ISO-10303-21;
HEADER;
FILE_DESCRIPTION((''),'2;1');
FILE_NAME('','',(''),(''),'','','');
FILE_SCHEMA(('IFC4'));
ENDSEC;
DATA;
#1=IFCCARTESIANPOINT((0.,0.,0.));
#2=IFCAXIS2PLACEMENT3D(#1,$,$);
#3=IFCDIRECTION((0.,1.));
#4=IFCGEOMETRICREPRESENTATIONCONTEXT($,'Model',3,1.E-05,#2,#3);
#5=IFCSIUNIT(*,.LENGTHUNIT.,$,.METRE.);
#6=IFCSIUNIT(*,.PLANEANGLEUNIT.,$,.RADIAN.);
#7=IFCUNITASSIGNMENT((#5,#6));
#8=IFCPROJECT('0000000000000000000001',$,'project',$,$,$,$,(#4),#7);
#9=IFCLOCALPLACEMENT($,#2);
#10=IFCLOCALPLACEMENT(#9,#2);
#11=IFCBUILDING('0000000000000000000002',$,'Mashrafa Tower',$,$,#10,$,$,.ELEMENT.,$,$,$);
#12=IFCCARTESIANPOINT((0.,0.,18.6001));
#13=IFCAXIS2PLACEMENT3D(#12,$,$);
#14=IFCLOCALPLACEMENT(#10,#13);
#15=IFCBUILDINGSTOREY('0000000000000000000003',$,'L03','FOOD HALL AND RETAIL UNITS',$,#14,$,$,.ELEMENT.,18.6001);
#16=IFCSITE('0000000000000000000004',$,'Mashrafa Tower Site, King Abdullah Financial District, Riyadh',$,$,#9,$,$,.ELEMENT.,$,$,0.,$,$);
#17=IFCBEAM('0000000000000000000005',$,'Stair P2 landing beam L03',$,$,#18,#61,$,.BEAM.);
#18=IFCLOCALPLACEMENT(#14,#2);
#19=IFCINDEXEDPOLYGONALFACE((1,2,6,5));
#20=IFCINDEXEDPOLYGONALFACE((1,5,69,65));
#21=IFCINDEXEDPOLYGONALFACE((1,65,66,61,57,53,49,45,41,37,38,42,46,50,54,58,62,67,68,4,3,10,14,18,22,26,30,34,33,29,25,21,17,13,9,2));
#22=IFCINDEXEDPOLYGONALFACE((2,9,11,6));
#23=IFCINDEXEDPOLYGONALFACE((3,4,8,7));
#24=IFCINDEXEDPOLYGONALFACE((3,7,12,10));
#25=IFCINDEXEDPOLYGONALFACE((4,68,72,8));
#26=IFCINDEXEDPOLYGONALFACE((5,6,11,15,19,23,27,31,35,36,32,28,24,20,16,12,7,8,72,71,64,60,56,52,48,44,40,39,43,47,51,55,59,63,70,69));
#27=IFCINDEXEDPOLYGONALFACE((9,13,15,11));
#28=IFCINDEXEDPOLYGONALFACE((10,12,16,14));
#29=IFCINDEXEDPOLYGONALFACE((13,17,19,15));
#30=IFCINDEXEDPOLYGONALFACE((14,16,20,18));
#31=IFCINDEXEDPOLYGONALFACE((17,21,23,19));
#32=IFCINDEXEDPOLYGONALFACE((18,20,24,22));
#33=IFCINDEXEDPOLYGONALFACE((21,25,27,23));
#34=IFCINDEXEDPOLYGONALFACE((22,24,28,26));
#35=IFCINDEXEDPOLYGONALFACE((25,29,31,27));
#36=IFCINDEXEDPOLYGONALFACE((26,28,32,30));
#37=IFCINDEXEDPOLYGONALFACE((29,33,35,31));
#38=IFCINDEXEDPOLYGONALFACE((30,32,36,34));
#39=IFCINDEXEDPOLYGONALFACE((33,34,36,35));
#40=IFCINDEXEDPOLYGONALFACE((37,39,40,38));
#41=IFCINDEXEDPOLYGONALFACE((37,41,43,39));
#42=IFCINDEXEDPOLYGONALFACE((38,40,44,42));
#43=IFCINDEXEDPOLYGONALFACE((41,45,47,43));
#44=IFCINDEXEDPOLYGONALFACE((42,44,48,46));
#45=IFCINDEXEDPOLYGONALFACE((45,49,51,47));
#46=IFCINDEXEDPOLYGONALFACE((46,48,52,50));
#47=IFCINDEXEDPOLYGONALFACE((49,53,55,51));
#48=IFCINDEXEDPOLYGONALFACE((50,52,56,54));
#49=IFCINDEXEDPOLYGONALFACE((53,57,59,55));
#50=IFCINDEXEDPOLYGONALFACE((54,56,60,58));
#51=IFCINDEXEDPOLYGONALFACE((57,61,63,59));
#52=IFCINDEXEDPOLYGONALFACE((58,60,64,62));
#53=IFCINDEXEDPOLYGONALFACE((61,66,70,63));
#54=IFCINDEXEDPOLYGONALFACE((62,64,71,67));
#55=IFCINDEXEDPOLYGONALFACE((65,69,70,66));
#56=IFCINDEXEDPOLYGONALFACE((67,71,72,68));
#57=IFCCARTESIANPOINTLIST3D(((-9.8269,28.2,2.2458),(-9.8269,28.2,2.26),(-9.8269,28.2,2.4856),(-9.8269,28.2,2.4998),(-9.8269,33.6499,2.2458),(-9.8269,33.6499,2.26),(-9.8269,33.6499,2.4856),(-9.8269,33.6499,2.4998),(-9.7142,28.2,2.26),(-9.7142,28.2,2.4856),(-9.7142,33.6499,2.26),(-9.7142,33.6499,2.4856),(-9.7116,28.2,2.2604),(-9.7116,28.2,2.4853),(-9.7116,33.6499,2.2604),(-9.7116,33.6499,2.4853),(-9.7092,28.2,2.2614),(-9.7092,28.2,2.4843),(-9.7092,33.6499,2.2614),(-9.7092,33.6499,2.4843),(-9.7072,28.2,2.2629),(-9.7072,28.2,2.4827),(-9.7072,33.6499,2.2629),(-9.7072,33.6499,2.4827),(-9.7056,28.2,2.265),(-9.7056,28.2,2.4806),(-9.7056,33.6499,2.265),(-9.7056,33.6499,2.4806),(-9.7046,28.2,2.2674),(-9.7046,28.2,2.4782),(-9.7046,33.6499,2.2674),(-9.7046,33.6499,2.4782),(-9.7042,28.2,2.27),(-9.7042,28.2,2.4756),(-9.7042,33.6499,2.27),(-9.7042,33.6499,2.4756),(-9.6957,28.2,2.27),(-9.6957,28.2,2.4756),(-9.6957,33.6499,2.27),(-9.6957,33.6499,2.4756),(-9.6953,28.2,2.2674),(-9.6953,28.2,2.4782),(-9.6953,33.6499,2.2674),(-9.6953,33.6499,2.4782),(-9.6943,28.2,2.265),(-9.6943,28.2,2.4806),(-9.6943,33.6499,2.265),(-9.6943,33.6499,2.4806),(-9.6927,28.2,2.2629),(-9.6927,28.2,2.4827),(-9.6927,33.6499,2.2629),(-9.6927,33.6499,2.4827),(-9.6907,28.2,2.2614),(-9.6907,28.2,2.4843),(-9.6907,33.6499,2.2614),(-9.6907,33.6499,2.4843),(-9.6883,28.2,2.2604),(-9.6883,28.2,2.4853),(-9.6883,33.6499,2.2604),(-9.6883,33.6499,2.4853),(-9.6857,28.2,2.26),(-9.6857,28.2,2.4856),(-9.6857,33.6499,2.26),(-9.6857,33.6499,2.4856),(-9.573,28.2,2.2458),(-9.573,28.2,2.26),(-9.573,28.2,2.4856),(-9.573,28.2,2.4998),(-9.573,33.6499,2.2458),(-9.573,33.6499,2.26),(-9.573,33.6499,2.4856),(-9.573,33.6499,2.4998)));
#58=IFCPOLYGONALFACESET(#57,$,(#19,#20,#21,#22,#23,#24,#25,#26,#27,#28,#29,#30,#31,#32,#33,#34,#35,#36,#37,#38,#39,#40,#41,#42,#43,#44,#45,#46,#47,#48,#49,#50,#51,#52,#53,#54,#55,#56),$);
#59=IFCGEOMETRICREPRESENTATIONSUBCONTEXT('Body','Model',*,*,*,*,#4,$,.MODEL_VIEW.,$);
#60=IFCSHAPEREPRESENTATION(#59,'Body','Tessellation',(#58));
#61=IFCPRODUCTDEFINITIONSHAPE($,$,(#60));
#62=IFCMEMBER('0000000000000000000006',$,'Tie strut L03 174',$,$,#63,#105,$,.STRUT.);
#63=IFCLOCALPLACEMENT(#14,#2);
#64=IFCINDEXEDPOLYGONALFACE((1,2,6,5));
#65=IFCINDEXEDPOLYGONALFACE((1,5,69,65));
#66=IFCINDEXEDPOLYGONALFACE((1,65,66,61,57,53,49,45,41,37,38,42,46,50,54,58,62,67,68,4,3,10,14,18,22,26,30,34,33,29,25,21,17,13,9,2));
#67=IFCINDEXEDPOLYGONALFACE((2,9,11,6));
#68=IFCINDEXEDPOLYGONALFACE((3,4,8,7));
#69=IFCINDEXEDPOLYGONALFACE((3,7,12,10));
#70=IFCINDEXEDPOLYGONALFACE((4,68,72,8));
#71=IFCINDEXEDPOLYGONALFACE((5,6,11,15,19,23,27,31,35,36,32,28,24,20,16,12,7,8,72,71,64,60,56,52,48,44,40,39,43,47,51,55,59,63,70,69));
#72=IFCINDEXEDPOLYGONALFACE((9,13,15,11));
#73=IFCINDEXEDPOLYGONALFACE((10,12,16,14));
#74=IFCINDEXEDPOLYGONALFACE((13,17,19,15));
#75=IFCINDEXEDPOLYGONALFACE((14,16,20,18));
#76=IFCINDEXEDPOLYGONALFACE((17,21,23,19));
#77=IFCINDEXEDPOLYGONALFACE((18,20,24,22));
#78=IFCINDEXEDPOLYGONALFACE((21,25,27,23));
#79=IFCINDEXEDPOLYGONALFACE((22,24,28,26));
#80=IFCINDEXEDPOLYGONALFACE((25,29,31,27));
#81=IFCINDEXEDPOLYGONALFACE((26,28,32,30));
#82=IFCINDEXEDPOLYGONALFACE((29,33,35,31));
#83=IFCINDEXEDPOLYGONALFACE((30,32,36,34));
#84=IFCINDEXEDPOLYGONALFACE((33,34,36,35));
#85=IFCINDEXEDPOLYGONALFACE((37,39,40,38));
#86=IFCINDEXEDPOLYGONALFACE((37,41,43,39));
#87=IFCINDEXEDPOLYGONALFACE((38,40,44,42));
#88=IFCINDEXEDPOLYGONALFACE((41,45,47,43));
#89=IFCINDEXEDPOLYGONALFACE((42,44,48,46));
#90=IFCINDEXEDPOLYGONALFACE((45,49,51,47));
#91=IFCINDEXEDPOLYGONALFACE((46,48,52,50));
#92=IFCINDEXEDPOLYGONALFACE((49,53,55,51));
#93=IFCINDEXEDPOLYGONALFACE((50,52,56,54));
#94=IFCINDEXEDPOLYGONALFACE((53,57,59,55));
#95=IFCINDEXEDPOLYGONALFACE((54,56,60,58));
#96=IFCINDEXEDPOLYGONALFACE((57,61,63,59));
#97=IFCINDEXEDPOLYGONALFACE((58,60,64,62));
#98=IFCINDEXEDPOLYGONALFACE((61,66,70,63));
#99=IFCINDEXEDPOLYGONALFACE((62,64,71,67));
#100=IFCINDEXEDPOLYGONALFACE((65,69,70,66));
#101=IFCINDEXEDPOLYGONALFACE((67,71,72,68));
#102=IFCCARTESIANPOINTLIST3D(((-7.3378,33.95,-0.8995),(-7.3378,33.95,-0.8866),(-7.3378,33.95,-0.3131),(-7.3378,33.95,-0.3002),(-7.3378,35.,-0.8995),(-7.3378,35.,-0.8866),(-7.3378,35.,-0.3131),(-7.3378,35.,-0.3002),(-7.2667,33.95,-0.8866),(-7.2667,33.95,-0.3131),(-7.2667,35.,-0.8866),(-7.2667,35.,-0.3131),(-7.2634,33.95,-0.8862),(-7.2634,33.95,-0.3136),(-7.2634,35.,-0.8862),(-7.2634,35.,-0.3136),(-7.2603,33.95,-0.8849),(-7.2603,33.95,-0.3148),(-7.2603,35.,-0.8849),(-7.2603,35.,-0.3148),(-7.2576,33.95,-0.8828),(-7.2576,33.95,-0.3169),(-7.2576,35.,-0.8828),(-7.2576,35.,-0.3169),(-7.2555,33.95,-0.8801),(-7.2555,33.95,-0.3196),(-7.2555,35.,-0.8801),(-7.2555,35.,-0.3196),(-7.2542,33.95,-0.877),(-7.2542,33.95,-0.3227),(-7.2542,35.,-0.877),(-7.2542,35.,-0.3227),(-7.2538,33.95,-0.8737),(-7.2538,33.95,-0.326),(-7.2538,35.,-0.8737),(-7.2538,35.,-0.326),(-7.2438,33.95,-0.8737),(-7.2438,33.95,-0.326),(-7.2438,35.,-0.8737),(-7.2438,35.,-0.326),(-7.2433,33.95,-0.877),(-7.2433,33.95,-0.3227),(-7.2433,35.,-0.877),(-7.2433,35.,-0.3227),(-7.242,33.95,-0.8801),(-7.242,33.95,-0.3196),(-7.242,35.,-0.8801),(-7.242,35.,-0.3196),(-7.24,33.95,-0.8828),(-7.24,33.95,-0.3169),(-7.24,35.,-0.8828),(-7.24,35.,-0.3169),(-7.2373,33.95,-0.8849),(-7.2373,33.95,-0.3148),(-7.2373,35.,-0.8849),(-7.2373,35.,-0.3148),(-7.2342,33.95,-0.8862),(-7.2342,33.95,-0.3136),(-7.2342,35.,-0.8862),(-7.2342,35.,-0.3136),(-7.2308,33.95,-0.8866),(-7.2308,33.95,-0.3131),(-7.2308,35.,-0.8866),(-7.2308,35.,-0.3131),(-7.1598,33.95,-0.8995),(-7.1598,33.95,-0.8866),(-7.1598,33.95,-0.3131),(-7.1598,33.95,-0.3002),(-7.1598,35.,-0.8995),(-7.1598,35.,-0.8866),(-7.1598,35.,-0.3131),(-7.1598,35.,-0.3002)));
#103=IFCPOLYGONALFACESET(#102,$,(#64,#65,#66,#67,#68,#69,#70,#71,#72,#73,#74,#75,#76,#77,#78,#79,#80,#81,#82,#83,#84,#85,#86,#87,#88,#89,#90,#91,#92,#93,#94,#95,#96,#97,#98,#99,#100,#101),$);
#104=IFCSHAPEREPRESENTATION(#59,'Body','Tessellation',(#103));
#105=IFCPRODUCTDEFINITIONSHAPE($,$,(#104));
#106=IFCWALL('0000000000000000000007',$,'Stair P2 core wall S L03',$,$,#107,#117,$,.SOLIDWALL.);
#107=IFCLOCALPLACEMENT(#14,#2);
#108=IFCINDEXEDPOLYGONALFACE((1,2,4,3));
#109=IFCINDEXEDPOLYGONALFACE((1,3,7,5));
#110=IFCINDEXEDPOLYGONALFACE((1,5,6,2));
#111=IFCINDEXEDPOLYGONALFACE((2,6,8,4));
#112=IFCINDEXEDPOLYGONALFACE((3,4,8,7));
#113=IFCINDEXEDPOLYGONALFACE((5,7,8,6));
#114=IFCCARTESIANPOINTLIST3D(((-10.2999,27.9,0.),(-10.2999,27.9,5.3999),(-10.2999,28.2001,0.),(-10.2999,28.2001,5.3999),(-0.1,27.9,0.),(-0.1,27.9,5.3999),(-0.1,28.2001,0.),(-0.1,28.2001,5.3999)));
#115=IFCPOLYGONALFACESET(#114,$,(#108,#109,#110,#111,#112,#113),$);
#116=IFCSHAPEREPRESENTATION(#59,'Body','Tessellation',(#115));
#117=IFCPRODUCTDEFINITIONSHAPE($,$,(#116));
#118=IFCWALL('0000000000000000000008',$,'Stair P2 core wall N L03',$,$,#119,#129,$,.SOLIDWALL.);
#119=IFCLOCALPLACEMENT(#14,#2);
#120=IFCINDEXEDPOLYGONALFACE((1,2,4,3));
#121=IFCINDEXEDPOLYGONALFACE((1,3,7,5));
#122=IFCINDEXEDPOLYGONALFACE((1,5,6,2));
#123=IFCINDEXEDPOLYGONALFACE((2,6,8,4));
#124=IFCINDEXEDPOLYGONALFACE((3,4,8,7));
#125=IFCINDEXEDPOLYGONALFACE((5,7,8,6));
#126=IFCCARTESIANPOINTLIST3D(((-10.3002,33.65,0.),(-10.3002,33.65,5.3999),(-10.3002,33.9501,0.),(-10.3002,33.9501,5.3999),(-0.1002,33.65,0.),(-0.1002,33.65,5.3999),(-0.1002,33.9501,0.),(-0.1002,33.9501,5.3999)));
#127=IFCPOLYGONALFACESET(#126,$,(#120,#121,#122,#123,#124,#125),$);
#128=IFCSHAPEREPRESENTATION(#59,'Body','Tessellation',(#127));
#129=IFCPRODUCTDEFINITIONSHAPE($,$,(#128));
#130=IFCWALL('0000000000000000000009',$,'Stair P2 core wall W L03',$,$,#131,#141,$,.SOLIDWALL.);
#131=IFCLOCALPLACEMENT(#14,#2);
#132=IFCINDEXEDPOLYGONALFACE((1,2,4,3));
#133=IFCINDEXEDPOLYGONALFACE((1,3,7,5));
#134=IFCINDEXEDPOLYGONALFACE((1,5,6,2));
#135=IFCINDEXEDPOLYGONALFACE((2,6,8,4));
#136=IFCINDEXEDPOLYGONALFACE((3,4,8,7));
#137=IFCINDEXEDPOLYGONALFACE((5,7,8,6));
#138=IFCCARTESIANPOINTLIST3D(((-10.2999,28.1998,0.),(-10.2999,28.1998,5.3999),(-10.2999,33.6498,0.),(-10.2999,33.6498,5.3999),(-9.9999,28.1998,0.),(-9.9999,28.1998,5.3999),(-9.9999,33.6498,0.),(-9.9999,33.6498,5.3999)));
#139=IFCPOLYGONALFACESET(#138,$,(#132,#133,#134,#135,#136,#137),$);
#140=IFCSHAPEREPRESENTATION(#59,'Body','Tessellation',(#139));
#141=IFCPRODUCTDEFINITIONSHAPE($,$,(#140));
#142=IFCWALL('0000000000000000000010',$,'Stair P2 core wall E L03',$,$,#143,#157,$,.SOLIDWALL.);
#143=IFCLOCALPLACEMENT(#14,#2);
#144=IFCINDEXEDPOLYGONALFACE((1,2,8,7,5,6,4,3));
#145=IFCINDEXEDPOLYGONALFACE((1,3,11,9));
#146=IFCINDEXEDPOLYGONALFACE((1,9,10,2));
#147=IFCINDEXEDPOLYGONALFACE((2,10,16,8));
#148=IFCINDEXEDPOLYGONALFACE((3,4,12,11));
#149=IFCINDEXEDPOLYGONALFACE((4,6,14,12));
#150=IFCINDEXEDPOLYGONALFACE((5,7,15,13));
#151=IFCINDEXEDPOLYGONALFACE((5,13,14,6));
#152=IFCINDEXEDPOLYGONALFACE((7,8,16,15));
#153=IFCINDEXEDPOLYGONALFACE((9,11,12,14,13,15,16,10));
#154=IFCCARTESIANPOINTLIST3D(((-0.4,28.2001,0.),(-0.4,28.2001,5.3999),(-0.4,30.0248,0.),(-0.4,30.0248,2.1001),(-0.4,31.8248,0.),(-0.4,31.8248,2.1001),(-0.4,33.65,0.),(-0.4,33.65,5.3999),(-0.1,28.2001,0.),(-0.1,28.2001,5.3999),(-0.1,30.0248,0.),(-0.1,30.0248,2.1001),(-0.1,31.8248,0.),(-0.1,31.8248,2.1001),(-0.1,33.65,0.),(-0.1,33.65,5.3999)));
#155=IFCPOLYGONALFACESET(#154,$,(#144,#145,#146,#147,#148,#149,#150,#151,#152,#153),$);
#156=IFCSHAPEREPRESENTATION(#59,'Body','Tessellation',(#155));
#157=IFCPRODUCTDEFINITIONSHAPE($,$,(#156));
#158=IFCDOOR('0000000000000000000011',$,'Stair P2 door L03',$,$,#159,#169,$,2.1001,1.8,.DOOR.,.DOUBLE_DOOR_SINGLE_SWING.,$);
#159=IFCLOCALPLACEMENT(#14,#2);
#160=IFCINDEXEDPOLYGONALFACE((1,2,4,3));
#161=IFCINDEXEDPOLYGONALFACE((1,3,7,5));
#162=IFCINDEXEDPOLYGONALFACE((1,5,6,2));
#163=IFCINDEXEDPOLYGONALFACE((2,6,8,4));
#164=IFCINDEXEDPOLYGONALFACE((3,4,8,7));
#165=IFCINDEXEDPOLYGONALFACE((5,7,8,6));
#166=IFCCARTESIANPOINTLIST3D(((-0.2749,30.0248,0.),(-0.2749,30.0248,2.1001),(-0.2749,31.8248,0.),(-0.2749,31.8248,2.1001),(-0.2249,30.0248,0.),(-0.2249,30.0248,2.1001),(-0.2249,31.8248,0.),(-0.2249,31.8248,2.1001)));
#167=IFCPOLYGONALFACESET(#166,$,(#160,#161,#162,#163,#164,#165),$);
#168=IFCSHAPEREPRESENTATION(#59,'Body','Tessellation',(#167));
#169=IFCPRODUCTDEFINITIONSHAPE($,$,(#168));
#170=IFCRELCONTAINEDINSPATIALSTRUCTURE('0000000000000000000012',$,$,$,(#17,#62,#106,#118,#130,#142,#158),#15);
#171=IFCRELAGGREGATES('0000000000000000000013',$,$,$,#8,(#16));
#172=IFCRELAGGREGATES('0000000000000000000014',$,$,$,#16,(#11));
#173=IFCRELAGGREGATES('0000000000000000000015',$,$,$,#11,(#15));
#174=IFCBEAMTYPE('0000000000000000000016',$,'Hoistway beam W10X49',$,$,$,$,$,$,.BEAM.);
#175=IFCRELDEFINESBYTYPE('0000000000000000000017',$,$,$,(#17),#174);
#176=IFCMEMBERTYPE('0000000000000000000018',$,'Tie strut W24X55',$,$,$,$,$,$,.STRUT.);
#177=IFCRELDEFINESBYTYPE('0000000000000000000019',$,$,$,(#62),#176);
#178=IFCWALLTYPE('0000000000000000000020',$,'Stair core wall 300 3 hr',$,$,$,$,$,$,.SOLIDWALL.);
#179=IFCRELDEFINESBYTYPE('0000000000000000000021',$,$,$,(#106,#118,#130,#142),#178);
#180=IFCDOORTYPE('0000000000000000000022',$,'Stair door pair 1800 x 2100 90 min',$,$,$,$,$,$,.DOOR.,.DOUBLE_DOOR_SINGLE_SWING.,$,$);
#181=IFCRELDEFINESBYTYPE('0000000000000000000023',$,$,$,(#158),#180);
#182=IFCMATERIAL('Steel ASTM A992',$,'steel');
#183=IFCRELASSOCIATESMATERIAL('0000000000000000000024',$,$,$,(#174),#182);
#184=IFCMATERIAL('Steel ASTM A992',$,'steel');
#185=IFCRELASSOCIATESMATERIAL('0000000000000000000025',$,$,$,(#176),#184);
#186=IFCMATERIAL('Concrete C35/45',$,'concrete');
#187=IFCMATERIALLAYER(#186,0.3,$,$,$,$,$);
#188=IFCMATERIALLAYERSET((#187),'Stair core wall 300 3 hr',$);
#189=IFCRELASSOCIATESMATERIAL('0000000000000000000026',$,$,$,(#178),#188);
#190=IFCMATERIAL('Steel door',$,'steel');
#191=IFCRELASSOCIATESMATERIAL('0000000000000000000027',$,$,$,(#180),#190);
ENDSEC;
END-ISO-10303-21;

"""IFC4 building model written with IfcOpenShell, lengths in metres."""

from ifc_helpers import new_model, si_unit, direction, frame, frame_2d, origin, origin_2d, place, context, subcontext, project, spatial, rectangle, i_section, extrude, source, transform, mapped, material, layer, layer_set, material_profile, profile_set, type_object, type_shapes, element, fill, save


model = new_model("IFC4")

# Units and contexts
model_context = context("Model", 3, precision=1e-05, world=origin(), true_north=direction((0.0, 1.0)))
body_context = subcontext(model_context, "Body", "Model", "MODEL_VIEW")
ifc_project = project(units=[si_unit("LENGTHUNIT", "METRE"), si_unit("PLANEANGLEUNIT", "RADIAN")], contexts=[model_context])

# Site, building, storey
site_placement = place(None, origin())
site = spatial("IfcSite", under=ifc_project, at=site_placement, Name="Mashrafa Tower Site, King Abdullah Financial District, Riyadh", CompositionType="ELEMENT", RefElevation=0.0)
building_placement = place(site_placement, origin())
building = spatial("IfcBuilding", under=site, at=building_placement, Name="Mashrafa Tower", CompositionType="ELEMENT")
storey_placement = place(building_placement, frame((0.0, 0.0, 18.6001)))
storey = spatial("IfcBuildingStorey", under=building, at=storey_placement, Name="L03", Description="FOOD HALL AND RETAIL UNITS", CompositionType="ELEMENT", Elevation=18.6001)

# Beam
ifc_material_1 = material(Name="Steel ASTM A992", Category="steel")
ifc_material_profile_1 = material_profile(ifc_material_1, i_section(OverallWidth=0.2539, OverallDepth=0.2539, WebThickness=0.0085, FlangeThickness=0.0142, FilletRadius=0.01, at=origin_2d()), Name="W10X49")
ifc_profile_set_1 = profile_set([ifc_material_profile_1], Name="Steel ASTM A992")
beam_type_1 = type_object("IfcBeamType", Name="Hoistway beam W10X49", PredefinedType="BEAM", material=ifc_profile_set_1)
for number, where, z_axis, x_axis, name in (
    (1, (-9.7, 28.2, 2.3728), (0.0, 1.0, 0.0), (-1.0, 0.0, 0.0), "Stair P2 landing beam L03"),
):
    element("IfcBeam", number, at=place(storey_placement, frame(where, z_axis=z_axis, x_axis=x_axis)), inside=storey, type_object=beam_type_1, Name=name, PredefinedType="BEAM", context=body_context, shape_type="SweptSolid", body=[
        extrude(i_section(OverallWidth=0.2539, OverallDepth=0.2539, WebThickness=0.0085, FlangeThickness=0.0142, FilletRadius=0.01, at=origin_2d()), origin(), (0.0, 0.0, 1.0), 5.45),
    ])

# Member
ifc_material_2 = material(Name="Steel ASTM A992", Category="steel")
ifc_material_profile_2 = material_profile(ifc_material_2, i_section(OverallWidth=0.178, OverallDepth=0.5994, WebThickness=0.01, FlangeThickness=0.0129, FilletRadius=0.0129, at=origin_2d()), Name="W24X55")
ifc_profile_set_2 = profile_set([ifc_material_profile_2], Name="Steel ASTM A992")
member_type = type_object("IfcMemberType", Name="Tie strut W24X55", PredefinedType="STRUT", material=ifc_profile_set_2)
shared_shape = source(origin(), body_context, "Body", "SweptSolid", [
    extrude(i_section(OverallWidth=0.178, OverallDepth=0.5994, WebThickness=0.01, FlangeThickness=0.0129, FilletRadius=0.0129, at=origin_2d()), origin(), (0.0, 0.0, 1.0), 1.05),
])
type_shapes(member_type, [shared_shape])
member_placement = place(storey_placement, frame((-7.2488, 33.95, -0.5999), z_axis=(0.0, 1.0, 0.0), x_axis=(-1.0, 0.0, 0.0)))
element("IfcMember", 2, at=member_placement, inside=storey, type_object=member_type, Name="Tie strut L03 174", PredefinedType="STRUT", context=body_context, shape_type="MappedRepresentation", body=[
    mapped(shared_shape, transform((0.0, 0.0, 0.0))),
])

# Walls
ifc_material_3 = material(Name="Concrete C35/45", Category="concrete")
ifc_layer = layer(ifc_material_3, 0.3)
ifc_layer_set = layer_set([ifc_layer], Name="Stair core wall 300 3 hr")
wall_type = type_object("IfcWallType", Name="Stair core wall 300 3 hr", PredefinedType="SOLIDWALL", material=ifc_layer_set)
for number, where, z_axis, x_axis, name in (
    (3, (-10.3, 28.05, 0.0), (0.0, 0.0, 1.0), (1.0, 0.0, 0.0), "Stair P2 core wall S L03"),
    (4, (-0.1001, 33.8, 0.0), (0.0, 0.0, 1.0), (-1.0, 0.0, 0.0), "Stair P2 core wall N L03"),
):
    element("IfcWall", number, at=place(storey_placement, frame(where, z_axis=z_axis, x_axis=x_axis)), inside=storey, type_object=wall_type, Name=name, PredefinedType="SOLIDWALL", context=body_context, shape_type="SweptSolid", body=[
        extrude(rectangle(XDim=10.2, YDim=0.3, at=frame_2d((5.1001, 0.0))), origin(), (0.0, 0.0, 1.0), 5.3999),
    ])
wall_1_placement = place(storey_placement, frame((-10.1499, 33.6499, 0.0), z_axis=(0.0, 0.0, 1.0), x_axis=(0.0, -1.0, 0.0)))
element("IfcWall", 5, at=wall_1_placement, inside=storey, type_object=wall_type, Name="Stair P2 core wall W L03", PredefinedType="SOLIDWALL", context=body_context, shape_type="SweptSolid", body=[
    extrude(rectangle(XDim=5.45, YDim=0.3, at=frame_2d((2.7251, 0.0))), origin(), (0.0, 0.0, 1.0), 5.3999),
])

# Wall, opening, door
wall_2_placement = place(storey_placement, frame((-0.25, 28.2, 0.0), z_axis=(0.0, 0.0, 1.0), x_axis=(0.0, 1.0, 0.0)))
wall_2 = element("IfcWall", 6, at=wall_2_placement, inside=storey, type_object=wall_type, Name="Stair P2 core wall E L03", PredefinedType="SOLIDWALL", context=body_context, shape_type="SweptSolid", body=[
    extrude(rectangle(XDim=5.45, YDim=0.3, at=frame_2d((2.7251, 0.0))), origin(), (0.0, 0.0, 1.0), 5.3999),
])
opening_placement = place(wall_2_placement, frame((1.825, 0.0, 0.0)))
opening = element("IfcOpeningElement", 7, at=opening_placement, cuts=wall_2, PredefinedType="OPENING", context=body_context, shape_type="SweptSolid", body=[
    extrude(rectangle(XDim=1.8, YDim=2.1001, at=frame_2d((0.8999, 1.05))), frame((0.0, 0.1599, 0.0), z_axis=(0.0, -1.0, 0.0), x_axis=(1.0, 0.0, 0.0)), (0.0, 0.0, 1.0), 0.3201),
])
ifc_material_4 = material(Name="Steel door", Category="steel")
door_type = type_object("IfcDoorType", Name="Stair door pair 1800 x 2100 90 min", OperationType="DOUBLE_DOOR_SINGLE_SWING", PredefinedType="DOOR", material=ifc_material_4)
door_placement = place(opening_placement, origin())
door = element("IfcDoor", 8, at=door_placement, inside=storey, type_object=door_type, Name="Stair P2 door L03", OperationType="DOUBLE_DOOR_SINGLE_SWING", OverallHeight=2.1001, OverallWidth=1.8, PredefinedType="DOOR", context=body_context, shape_type="SweptSolid", body=[
    extrude(rectangle(XDim=1.8, YDim=2.1001, at=frame_2d((0.8999, 1.05))), frame((0.0, 0.0249, 0.0), z_axis=(0.0, -1.0, 0.0), x_axis=(1.0, 0.0, 0.0)), (0.0, 0.0, 1.0), 0.05),
])
fill(opening, door)

save(model, "model.ifc")
